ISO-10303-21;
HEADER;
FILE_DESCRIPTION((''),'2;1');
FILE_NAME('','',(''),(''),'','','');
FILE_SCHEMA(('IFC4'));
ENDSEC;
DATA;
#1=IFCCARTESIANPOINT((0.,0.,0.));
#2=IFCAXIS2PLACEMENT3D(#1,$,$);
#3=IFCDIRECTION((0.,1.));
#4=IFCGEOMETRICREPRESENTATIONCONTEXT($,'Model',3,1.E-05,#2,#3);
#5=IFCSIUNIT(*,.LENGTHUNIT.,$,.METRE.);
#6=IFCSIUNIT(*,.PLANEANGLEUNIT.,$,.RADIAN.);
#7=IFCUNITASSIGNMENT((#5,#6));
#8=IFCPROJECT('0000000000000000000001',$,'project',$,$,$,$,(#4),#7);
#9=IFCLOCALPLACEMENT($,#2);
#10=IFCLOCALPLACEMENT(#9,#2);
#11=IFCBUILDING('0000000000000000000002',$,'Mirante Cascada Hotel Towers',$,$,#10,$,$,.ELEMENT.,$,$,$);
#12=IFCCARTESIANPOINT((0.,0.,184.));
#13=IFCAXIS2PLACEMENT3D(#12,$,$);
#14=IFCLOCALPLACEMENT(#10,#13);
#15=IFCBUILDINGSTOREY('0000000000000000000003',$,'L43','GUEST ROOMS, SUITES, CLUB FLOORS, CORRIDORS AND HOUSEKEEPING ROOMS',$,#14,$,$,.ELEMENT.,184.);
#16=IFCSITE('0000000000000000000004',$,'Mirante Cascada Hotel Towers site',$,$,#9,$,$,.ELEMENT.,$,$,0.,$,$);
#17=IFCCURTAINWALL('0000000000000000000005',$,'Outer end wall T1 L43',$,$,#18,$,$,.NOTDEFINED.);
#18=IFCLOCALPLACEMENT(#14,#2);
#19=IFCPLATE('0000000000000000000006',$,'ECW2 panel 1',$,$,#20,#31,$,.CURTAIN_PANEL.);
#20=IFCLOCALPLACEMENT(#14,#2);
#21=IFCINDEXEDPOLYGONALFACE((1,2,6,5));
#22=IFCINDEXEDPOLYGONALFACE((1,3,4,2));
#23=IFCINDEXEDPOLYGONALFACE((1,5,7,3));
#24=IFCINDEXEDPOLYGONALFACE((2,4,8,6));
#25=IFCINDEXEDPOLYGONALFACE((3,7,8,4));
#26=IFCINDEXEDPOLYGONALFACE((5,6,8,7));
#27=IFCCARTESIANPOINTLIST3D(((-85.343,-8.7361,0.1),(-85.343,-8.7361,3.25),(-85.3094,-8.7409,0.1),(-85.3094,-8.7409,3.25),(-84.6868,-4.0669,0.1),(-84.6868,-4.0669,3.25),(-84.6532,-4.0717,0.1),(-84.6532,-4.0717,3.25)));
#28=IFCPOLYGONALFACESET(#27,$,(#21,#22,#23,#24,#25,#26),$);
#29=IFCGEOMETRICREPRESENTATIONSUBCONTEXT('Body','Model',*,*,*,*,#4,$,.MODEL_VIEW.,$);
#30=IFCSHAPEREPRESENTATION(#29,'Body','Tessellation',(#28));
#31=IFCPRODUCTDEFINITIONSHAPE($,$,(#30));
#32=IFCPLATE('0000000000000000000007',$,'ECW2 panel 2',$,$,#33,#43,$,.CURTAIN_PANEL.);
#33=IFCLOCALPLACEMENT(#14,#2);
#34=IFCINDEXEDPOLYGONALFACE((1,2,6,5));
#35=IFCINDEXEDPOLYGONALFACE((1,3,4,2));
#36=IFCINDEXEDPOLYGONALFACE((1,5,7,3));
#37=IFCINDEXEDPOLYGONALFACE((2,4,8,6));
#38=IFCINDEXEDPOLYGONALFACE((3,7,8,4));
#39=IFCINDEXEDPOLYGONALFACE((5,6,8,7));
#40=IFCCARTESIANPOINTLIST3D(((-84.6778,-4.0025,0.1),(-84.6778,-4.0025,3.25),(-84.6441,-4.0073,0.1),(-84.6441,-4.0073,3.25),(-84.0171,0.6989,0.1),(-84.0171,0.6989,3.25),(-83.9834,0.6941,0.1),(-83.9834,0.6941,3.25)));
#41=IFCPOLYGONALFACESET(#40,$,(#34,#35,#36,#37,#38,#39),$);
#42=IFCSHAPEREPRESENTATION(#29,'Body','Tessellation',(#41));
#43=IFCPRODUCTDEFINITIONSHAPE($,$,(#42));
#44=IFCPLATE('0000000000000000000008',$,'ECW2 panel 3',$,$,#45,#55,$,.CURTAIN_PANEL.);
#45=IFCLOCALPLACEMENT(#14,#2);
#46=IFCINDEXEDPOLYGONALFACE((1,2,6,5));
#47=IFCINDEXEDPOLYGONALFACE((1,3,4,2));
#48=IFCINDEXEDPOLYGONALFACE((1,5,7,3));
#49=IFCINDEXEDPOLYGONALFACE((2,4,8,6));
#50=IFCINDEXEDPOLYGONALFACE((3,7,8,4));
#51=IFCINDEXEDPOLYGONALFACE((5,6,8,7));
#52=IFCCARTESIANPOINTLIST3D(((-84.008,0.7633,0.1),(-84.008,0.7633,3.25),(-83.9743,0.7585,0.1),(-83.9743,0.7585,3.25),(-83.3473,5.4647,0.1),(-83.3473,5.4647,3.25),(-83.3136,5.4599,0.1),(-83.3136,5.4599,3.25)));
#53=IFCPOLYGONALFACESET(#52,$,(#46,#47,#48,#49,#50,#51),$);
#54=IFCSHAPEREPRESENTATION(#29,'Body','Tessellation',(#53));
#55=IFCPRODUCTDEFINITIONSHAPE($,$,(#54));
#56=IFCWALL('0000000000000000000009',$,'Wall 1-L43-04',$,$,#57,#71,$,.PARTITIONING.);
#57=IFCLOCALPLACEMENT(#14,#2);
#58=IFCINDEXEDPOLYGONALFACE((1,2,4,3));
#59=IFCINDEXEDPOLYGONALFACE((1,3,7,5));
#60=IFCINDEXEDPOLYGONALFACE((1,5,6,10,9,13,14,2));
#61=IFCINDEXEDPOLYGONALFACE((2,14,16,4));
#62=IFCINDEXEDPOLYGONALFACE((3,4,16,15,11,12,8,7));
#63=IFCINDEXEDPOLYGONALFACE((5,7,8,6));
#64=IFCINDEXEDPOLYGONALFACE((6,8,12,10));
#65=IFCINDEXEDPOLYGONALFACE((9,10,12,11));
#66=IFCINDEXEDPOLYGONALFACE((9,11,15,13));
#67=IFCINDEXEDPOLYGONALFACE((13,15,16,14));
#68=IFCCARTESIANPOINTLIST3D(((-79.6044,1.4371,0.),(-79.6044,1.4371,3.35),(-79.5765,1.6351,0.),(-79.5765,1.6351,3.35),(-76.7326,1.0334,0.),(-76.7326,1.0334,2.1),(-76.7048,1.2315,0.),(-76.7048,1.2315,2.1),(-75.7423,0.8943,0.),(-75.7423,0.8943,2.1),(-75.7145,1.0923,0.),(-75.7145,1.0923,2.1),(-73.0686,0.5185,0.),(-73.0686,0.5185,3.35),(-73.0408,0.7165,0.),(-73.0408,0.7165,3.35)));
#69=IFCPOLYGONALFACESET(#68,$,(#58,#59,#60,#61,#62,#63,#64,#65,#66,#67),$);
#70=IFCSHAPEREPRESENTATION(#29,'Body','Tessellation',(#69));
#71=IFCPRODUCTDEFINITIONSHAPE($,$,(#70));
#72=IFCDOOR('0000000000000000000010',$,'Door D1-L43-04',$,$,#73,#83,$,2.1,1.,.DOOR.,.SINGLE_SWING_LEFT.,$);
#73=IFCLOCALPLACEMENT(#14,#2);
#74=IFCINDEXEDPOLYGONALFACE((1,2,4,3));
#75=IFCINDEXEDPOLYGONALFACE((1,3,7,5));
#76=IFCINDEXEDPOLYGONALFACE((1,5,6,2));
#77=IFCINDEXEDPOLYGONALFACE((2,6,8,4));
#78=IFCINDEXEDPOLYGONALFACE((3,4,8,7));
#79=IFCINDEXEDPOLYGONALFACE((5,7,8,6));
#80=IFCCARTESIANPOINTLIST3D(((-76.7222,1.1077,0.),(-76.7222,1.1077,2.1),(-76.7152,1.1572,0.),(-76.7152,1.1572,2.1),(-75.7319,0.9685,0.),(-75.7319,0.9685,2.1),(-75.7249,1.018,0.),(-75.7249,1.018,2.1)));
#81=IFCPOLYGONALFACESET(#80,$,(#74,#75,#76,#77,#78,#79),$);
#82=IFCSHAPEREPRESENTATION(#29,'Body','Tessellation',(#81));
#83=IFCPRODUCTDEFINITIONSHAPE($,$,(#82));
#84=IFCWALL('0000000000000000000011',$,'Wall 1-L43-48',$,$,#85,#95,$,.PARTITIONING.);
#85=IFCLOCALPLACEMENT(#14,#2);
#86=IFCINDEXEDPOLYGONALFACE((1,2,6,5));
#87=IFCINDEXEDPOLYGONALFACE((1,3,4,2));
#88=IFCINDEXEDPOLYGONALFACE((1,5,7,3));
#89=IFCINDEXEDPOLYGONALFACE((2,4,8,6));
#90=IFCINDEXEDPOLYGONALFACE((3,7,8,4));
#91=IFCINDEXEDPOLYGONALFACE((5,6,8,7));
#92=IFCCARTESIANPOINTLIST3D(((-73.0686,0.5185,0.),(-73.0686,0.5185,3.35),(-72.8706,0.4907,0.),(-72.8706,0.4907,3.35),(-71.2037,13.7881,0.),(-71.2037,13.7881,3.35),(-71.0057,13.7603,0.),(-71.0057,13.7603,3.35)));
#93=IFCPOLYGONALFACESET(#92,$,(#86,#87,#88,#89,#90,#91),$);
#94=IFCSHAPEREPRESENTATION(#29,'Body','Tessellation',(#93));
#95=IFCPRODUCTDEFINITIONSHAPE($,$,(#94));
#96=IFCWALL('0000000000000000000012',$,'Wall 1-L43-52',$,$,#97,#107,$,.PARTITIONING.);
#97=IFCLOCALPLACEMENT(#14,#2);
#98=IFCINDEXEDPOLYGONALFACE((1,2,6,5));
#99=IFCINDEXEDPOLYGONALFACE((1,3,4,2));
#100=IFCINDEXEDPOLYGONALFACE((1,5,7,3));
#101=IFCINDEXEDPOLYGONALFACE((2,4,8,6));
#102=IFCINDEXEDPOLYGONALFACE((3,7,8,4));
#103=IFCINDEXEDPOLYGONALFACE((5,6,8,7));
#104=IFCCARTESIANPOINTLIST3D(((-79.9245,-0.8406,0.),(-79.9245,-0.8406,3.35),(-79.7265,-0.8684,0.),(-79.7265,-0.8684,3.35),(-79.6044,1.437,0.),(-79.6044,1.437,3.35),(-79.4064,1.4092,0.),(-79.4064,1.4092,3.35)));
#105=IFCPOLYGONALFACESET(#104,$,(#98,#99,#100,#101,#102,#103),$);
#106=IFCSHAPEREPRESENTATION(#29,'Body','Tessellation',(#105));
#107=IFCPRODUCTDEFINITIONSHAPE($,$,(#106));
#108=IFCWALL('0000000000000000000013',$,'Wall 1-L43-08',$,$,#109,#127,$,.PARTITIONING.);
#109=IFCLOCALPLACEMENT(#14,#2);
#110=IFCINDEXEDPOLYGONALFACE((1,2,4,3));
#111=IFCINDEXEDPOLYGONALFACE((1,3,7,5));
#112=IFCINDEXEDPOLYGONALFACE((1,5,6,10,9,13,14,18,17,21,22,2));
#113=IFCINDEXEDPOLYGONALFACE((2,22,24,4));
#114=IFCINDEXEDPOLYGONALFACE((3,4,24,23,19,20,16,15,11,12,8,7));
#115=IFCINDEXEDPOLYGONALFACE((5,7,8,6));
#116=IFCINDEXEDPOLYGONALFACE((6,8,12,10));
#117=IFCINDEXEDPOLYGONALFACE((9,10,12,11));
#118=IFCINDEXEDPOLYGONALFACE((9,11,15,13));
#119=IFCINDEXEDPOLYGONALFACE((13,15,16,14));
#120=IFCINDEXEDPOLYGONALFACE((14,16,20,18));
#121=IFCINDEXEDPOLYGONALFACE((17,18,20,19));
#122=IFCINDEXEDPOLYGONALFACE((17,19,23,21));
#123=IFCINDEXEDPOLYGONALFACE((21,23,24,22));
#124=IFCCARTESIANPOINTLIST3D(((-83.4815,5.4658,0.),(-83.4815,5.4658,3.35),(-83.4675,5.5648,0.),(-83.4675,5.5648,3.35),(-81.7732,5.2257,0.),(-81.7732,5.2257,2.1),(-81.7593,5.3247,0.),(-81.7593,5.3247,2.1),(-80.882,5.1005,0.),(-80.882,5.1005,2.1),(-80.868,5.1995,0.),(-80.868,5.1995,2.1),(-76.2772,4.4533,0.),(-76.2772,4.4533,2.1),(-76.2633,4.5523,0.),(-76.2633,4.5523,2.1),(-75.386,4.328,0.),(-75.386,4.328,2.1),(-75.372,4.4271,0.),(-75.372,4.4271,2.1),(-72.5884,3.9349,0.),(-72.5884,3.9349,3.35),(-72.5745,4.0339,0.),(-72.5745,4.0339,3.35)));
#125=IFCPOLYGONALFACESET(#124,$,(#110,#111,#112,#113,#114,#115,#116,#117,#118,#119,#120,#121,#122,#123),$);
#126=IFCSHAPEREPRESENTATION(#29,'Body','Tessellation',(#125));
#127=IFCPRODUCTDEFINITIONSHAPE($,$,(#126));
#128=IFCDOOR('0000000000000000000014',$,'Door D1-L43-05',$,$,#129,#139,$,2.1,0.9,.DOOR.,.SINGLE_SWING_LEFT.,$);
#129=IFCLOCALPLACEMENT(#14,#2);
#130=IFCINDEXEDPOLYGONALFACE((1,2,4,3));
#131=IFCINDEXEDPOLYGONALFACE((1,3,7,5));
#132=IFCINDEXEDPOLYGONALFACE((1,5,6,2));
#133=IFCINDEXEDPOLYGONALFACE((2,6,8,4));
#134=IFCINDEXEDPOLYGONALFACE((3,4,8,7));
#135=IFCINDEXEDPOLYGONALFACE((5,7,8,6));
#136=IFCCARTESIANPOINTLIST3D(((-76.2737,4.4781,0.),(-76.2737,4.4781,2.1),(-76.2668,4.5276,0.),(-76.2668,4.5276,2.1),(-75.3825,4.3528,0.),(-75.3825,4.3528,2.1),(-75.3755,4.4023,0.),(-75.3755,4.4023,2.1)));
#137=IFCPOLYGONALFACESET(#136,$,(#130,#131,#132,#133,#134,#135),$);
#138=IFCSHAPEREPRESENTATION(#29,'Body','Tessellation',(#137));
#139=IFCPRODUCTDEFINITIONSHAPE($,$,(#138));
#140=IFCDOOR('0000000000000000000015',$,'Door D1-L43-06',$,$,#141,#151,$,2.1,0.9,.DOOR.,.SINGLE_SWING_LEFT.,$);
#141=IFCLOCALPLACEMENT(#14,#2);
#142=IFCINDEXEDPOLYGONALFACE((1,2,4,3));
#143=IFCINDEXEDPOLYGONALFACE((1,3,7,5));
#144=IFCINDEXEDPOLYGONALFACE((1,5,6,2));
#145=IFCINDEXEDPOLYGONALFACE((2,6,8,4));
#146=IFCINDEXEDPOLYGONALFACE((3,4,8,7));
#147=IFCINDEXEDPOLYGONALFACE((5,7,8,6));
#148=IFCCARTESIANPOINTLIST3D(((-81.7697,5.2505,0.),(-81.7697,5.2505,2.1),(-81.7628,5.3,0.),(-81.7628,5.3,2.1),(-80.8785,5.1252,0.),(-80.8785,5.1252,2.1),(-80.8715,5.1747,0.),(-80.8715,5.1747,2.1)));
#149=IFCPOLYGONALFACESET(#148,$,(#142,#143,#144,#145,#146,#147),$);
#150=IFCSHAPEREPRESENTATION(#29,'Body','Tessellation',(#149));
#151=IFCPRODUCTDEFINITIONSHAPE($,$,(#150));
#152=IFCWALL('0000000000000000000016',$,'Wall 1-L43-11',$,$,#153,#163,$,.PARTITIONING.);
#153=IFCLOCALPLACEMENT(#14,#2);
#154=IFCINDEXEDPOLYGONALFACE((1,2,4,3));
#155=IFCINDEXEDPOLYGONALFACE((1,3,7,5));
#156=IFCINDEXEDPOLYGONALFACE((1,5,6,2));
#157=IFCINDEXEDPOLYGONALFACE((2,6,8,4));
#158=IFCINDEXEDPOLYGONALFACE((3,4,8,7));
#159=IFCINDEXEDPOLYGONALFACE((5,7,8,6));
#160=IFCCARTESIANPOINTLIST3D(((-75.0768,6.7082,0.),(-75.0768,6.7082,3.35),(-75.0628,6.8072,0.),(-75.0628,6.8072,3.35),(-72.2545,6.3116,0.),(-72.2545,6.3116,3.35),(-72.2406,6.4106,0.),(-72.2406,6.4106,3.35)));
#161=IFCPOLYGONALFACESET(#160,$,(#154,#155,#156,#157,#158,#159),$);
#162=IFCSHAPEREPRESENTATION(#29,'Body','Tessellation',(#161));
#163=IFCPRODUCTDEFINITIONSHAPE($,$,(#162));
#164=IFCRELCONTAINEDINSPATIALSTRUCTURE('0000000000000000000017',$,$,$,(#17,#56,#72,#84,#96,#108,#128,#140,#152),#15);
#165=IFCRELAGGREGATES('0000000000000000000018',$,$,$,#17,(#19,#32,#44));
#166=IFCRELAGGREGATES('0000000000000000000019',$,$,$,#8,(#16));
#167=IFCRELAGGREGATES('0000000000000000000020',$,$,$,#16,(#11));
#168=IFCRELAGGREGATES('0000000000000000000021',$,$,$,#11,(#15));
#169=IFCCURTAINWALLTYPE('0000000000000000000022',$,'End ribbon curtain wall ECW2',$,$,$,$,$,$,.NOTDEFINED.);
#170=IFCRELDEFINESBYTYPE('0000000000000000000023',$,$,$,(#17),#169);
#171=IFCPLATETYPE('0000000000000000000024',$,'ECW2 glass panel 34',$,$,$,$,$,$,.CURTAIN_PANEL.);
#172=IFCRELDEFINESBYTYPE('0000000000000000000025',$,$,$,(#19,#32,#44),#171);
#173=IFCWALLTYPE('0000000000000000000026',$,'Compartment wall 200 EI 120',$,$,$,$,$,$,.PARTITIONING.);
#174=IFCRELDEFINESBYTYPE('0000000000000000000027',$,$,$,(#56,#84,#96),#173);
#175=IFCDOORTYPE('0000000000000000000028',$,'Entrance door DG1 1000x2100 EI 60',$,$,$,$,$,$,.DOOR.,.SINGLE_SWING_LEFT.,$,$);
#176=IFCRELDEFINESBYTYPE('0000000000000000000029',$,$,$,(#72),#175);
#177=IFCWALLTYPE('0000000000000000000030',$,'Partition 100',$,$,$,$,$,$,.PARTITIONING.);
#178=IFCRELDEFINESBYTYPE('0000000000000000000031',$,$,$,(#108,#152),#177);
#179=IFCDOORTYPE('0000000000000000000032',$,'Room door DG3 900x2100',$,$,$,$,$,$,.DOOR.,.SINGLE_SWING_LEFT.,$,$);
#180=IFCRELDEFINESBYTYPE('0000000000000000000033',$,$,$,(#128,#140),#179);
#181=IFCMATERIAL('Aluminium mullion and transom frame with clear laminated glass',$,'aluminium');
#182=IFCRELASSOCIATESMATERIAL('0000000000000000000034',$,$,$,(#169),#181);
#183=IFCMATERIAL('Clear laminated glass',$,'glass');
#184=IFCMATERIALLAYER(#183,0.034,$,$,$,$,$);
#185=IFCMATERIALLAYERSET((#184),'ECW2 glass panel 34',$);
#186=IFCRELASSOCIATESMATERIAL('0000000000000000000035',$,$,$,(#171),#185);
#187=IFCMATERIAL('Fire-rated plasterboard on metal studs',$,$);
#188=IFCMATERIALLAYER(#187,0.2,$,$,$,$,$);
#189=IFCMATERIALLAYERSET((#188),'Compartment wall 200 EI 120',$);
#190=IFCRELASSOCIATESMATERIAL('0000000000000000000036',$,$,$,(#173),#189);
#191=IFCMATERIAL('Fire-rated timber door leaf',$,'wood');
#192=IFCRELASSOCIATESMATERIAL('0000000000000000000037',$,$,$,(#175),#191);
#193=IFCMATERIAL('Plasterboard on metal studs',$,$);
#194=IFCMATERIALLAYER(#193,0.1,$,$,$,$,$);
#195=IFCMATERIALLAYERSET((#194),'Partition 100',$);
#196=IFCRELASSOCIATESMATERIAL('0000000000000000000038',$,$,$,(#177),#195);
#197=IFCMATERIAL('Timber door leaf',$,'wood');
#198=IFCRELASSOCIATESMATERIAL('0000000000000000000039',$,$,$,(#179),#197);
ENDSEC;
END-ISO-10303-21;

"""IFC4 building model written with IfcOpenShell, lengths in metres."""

from ifc_helpers import new_model, si_unit, direction, frame, frame_2d, origin, origin_2d, place, context, subcontext, project, spatial, rectangle, extrude, material, layer, layer_set, type_object, element, fill, aggregate, save


model = new_model("IFC4")

# Units and contexts
model_context = context("Model", 3, precision=1e-05, world=origin(), true_north=direction((0.0, 1.0)))
body_context = subcontext(model_context, "Body", "Model", "MODEL_VIEW")
ifc_project = project(units=[si_unit("LENGTHUNIT", "METRE"), si_unit("PLANEANGLEUNIT", "RADIAN")], contexts=[model_context])

# Site, building, storey
site_placement = place(None, origin())
site = spatial("IfcSite", under=ifc_project, at=site_placement, Name="Mirante Cascada Hotel Towers site", CompositionType="ELEMENT", RefElevation=0.0)
building_placement = place(site_placement, origin())
building = spatial("IfcBuilding", under=site, at=building_placement, Name="Mirante Cascada Hotel Towers", CompositionType="ELEMENT")
storey_placement = place(building_placement, frame((0.0, 0.0, 184.0)))
storey = spatial("IfcBuildingStorey", under=building, at=storey_placement, Name="L43", Description="GUEST ROOMS, SUITES, CLUB FLOORS, CORRIDORS AND HOUSEKEEPING ROOMS", CompositionType="ELEMENT", Elevation=184.0)

# Curtain wall, plates
ifc_material_1 = material(Name="Aluminium mullion and transom frame with clear laminated glass", Category="aluminium")
curtain_wall_type = type_object("IfcCurtainWallType", Name="End ribbon curtain wall ECW2", PredefinedType="NOTDEFINED", material=ifc_material_1)
curtain_wall_placement = place(storey_placement, origin())
curtain_wall = element("IfcCurtainWall", 1, at=curtain_wall_placement, inside=storey, type_object=curtain_wall_type, Name="Outer end wall T1 L43", PredefinedType="NOTDEFINED")
ifc_material_2 = material(Name="Clear laminated glass", Category="glass")
ifc_layer_1 = layer(ifc_material_2, 0.034)
ifc_layer_set_1 = layer_set([ifc_layer_1], Name="ECW2 glass panel 34")
plate_type = type_object("IfcPlateType", Name="ECW2 glass panel 34", PredefinedType="CURTAIN_PANEL", material=ifc_layer_set_1)
plate_1_placement = place(storey_placement, frame((-84.9981, -6.4039, 0.1), z_axis=(0.0, 0.0, 1.0), x_axis=(0.139173, 0.990268, 0.0)))
plate_1 = element("IfcPlate", 2, at=plate_1_placement, type_object=plate_type, Name="ECW2 panel 1", PredefinedType="CURTAIN_PANEL", context=body_context, shape_type="SweptSolid", body=[
    extrude(rectangle(XDim=4.7151, YDim=0.034, at=origin_2d()), origin(), (0.0, 0.0, 1.0), 3.15),
])
plate_2_placement = place(storey_placement, frame((-84.3306, -1.6542, 0.1), z_axis=(0.0, 0.0, 1.0), x_axis=(0.139173, 0.990268, 0.0)))
plate_2 = element("IfcPlate", 3, at=plate_2_placement, type_object=plate_type, Name="ECW2 panel 2", PredefinedType="CURTAIN_PANEL", context=body_context, shape_type="SweptSolid", body=[
    extrude(rectangle(XDim=4.7476, YDim=0.034, at=origin_2d()), origin(), (0.0, 0.0, 1.0), 3.15),
])
plate_3_placement = place(storey_placement, frame((-83.6608, 3.1116, 0.1), z_axis=(0.0, 0.0, 1.0), x_axis=(0.139173, 0.990268, 0.0)))
plate_3 = element("IfcPlate", 4, at=plate_3_placement, type_object=plate_type, Name="ECW2 panel 3", PredefinedType="CURTAIN_PANEL", context=body_context, shape_type="SweptSolid", body=[
    extrude(rectangle(XDim=4.7476, YDim=0.034, at=origin_2d()), origin(), (0.0, 0.0, 1.0), 3.15),
])
aggregate(curtain_wall, [plate_1, plate_2, plate_3])

# Wall, opening, door
ifc_material_3 = material(Name="Fire-rated plasterboard on metal studs")
ifc_layer_2 = layer(ifc_material_3, 0.2)
ifc_layer_set_2 = layer_set([ifc_layer_2], Name="Compartment wall 200 EI 120")
wall_type_1 = type_object("IfcWallType", Name="Compartment wall 200 EI 120", PredefinedType="PARTITIONING", material=ifc_layer_set_2)
wall_1_placement = place(storey_placement, frame((-73.0547, 0.6175, 0.0), z_axis=(0.0, 0.0, 1.0), x_axis=(-0.990267, 0.139181, 0.0)))
wall_1 = element("IfcWall", 5, at=wall_1_placement, inside=storey, type_object=wall_type_1, Name="Wall 1-L43-04", PredefinedType="PARTITIONING", context=body_context, shape_type="SweptSolid", body=[
    extrude(rectangle(XDim=6.6, YDim=0.2, at=frame_2d((3.3, 0.0))), origin(), (0.0, 0.0, 1.0), 3.35),
])
opening_1_placement = place(wall_1_placement, frame((2.7, 0.0, 0.0)))
opening_1 = element("IfcOpeningElement", 6, at=opening_1_placement, cuts=wall_1, PredefinedType="OPENING", context=body_context, shape_type="SweptSolid", body=[
    extrude(rectangle(XDim=1.0, YDim=2.1, at=frame_2d((0.5, 1.05))), frame((0.0, 0.1, 0.0), z_axis=(0.0, -1.0, 0.0), x_axis=(1.0, 0.0, 0.0)), (0.0, 0.0, 1.0), 0.2),
])
ifc_material_4 = material(Name="Fire-rated timber door leaf", Category="wood")
door_type_1 = type_object("IfcDoorType", Name="Entrance door DG1 1000x2100 EI 60", OperationType="SINGLE_SWING_LEFT", PredefinedType="DOOR", material=ifc_material_4)
door_1_placement = place(opening_1_placement, origin())
door_1 = element("IfcDoor", 7, at=door_1_placement, inside=storey, type_object=door_type_1, Name="Door D1-L43-04", OperationType="SINGLE_SWING_LEFT", OverallHeight=2.1, OverallWidth=1.0, PredefinedType="DOOR", context=body_context, shape_type="SweptSolid", body=[
    extrude(rectangle(XDim=1.0, YDim=2.1, at=frame_2d((0.5, 1.05))), frame((0.0, 0.025, 0.0), z_axis=(0.0, -1.0, 0.0), x_axis=(1.0, 0.0, 0.0)), (0.0, 0.0, 1.0), 0.05),
])
fill(opening_1, door_1)

# Walls
wall_2_placement = place(storey_placement, frame((-72.9696, 0.5046, 0.0), z_axis=(0.0, 0.0, 1.0), x_axis=(0.139172, 0.990268, 0.0)))
element("IfcWall", 8, at=wall_2_placement, inside=storey, type_object=wall_type_1, Name="Wall 1-L43-48", PredefinedType="PARTITIONING", context=body_context, shape_type="SweptSolid", body=[
    extrude(rectangle(XDim=13.4, YDim=0.2, at=frame_2d((6.7, 0.0))), origin(), (0.0, 0.0, 1.0), 3.35),
])
wall_3_placement = place(storey_placement, frame((-79.8255, -0.8545, 0.0), z_axis=(0.0, 0.0, 1.0), x_axis=(0.139175, 0.990268, 0.0)))
element("IfcWall", 9, at=wall_3_placement, inside=storey, type_object=wall_type_1, Name="Wall 1-L43-52", PredefinedType="PARTITIONING", context=body_context, shape_type="SweptSolid", body=[
    extrude(rectangle(XDim=2.3, YDim=0.2, at=frame_2d((1.15, 0.0))), origin(), (0.0, 0.0, 1.0), 3.35),
])

# Wall, openings, doors
ifc_material_5 = material(Name="Plasterboard on metal studs")
ifc_layer_3 = layer(ifc_material_5, 0.1)
ifc_layer_set_3 = layer_set([ifc_layer_3], Name="Partition 100")
wall_type_2 = type_object("IfcWallType", Name="Partition 100", PredefinedType="PARTITIONING", material=ifc_layer_set_3)
wall_4_placement = place(storey_placement, frame((-72.5815, 3.9844, 0.0), z_axis=(0.0, 0.0, 1.0), x_axis=(-0.990268, 0.139172, 0.0)))
wall_4 = element("IfcWall", 10, at=wall_4_placement, inside=storey, type_object=wall_type_2, Name="Wall 1-L43-08", PredefinedType="PARTITIONING", context=body_context, shape_type="SweptSolid", body=[
    extrude(rectangle(XDim=11.0001, YDim=0.1, at=frame_2d((5.5, 0.0))), origin(), (0.0, 0.0, 1.0), 3.35),
])
opening_2_placement = place(wall_4_placement, frame((2.825, 0.0, 0.0)))
opening_2 = element("IfcOpeningElement", 11, at=opening_2_placement, cuts=wall_4, PredefinedType="OPENING", context=body_context, shape_type="SweptSolid", body=[
    extrude(rectangle(XDim=0.9, YDim=2.1, at=frame_2d((0.45, 1.05))), frame((0.0, 0.05, 0.0), z_axis=(0.0, -1.0, 0.0), x_axis=(1.0, 0.0, 0.0)), (0.0, 0.0, 1.0), 0.1),
])
opening_3_placement = place(wall_4_placement, frame((8.375, 0.0, 0.0)))
opening_3 = element("IfcOpeningElement", 12, at=opening_3_placement, cuts=wall_4, PredefinedType="OPENING", context=body_context, shape_type="SweptSolid", body=[
    extrude(rectangle(XDim=0.9, YDim=2.1, at=frame_2d((0.45, 1.05))), frame((0.0, 0.05, 0.0), z_axis=(0.0, -1.0, 0.0), x_axis=(1.0, 0.0, 0.0)), (0.0, 0.0, 1.0), 0.1),
])
ifc_material_6 = material(Name="Timber door leaf", Category="wood")
door_type_2 = type_object("IfcDoorType", Name="Room door DG3 900x2100", OperationType="SINGLE_SWING_LEFT", PredefinedType="DOOR", material=ifc_material_6)
door_2_placement = place(opening_2_placement, origin())
door_2 = element("IfcDoor", 13, at=door_2_placement, inside=storey, type_object=door_type_2, Name="Door D1-L43-05", OperationType="SINGLE_SWING_LEFT", OverallHeight=2.1, OverallWidth=0.9, PredefinedType="DOOR", context=body_context, shape_type="SweptSolid", body=[
    extrude(rectangle(XDim=0.9, YDim=2.1, at=frame_2d((0.45, 1.05))), frame((0.0, 0.025, 0.0), z_axis=(0.0, -1.0, 0.0), x_axis=(1.0, 0.0, 0.0)), (0.0, 0.0, 1.0), 0.05),
])
fill(opening_2, door_2)
door_3_placement = place(opening_3_placement, origin())
door_3 = element("IfcDoor", 14, at=door_3_placement, inside=storey, type_object=door_type_2, Name="Door D1-L43-06", OperationType="SINGLE_SWING_LEFT", OverallHeight=2.1, OverallWidth=0.9, PredefinedType="DOOR", context=body_context, shape_type="SweptSolid", body=[
    extrude(rectangle(XDim=0.9, YDim=2.1, at=frame_2d((0.45, 1.05))), frame((0.0, 0.025, 0.0), z_axis=(0.0, -1.0, 0.0), x_axis=(1.0, 0.0, 0.0)), (0.0, 0.0, 1.0), 0.05),
])
fill(opening_3, door_3)

# Wall
wall_5_placement = place(storey_placement, frame((-75.0698, 6.7577, 0.0), z_axis=(0.0, 0.0, 1.0), x_axis=(0.99027, -0.139156, 0.0)))
element("IfcWall", 15, at=wall_5_placement, inside=storey, type_object=wall_type_2, Name="Wall 1-L43-11", PredefinedType="PARTITIONING", context=body_context, shape_type="SweptSolid", body=[
    extrude(rectangle(XDim=2.85, YDim=0.1, at=frame_2d((1.425, 0.0))), origin(), (0.0, 0.0, 1.0), 3.35),
])

save(model, "model.ifc")
